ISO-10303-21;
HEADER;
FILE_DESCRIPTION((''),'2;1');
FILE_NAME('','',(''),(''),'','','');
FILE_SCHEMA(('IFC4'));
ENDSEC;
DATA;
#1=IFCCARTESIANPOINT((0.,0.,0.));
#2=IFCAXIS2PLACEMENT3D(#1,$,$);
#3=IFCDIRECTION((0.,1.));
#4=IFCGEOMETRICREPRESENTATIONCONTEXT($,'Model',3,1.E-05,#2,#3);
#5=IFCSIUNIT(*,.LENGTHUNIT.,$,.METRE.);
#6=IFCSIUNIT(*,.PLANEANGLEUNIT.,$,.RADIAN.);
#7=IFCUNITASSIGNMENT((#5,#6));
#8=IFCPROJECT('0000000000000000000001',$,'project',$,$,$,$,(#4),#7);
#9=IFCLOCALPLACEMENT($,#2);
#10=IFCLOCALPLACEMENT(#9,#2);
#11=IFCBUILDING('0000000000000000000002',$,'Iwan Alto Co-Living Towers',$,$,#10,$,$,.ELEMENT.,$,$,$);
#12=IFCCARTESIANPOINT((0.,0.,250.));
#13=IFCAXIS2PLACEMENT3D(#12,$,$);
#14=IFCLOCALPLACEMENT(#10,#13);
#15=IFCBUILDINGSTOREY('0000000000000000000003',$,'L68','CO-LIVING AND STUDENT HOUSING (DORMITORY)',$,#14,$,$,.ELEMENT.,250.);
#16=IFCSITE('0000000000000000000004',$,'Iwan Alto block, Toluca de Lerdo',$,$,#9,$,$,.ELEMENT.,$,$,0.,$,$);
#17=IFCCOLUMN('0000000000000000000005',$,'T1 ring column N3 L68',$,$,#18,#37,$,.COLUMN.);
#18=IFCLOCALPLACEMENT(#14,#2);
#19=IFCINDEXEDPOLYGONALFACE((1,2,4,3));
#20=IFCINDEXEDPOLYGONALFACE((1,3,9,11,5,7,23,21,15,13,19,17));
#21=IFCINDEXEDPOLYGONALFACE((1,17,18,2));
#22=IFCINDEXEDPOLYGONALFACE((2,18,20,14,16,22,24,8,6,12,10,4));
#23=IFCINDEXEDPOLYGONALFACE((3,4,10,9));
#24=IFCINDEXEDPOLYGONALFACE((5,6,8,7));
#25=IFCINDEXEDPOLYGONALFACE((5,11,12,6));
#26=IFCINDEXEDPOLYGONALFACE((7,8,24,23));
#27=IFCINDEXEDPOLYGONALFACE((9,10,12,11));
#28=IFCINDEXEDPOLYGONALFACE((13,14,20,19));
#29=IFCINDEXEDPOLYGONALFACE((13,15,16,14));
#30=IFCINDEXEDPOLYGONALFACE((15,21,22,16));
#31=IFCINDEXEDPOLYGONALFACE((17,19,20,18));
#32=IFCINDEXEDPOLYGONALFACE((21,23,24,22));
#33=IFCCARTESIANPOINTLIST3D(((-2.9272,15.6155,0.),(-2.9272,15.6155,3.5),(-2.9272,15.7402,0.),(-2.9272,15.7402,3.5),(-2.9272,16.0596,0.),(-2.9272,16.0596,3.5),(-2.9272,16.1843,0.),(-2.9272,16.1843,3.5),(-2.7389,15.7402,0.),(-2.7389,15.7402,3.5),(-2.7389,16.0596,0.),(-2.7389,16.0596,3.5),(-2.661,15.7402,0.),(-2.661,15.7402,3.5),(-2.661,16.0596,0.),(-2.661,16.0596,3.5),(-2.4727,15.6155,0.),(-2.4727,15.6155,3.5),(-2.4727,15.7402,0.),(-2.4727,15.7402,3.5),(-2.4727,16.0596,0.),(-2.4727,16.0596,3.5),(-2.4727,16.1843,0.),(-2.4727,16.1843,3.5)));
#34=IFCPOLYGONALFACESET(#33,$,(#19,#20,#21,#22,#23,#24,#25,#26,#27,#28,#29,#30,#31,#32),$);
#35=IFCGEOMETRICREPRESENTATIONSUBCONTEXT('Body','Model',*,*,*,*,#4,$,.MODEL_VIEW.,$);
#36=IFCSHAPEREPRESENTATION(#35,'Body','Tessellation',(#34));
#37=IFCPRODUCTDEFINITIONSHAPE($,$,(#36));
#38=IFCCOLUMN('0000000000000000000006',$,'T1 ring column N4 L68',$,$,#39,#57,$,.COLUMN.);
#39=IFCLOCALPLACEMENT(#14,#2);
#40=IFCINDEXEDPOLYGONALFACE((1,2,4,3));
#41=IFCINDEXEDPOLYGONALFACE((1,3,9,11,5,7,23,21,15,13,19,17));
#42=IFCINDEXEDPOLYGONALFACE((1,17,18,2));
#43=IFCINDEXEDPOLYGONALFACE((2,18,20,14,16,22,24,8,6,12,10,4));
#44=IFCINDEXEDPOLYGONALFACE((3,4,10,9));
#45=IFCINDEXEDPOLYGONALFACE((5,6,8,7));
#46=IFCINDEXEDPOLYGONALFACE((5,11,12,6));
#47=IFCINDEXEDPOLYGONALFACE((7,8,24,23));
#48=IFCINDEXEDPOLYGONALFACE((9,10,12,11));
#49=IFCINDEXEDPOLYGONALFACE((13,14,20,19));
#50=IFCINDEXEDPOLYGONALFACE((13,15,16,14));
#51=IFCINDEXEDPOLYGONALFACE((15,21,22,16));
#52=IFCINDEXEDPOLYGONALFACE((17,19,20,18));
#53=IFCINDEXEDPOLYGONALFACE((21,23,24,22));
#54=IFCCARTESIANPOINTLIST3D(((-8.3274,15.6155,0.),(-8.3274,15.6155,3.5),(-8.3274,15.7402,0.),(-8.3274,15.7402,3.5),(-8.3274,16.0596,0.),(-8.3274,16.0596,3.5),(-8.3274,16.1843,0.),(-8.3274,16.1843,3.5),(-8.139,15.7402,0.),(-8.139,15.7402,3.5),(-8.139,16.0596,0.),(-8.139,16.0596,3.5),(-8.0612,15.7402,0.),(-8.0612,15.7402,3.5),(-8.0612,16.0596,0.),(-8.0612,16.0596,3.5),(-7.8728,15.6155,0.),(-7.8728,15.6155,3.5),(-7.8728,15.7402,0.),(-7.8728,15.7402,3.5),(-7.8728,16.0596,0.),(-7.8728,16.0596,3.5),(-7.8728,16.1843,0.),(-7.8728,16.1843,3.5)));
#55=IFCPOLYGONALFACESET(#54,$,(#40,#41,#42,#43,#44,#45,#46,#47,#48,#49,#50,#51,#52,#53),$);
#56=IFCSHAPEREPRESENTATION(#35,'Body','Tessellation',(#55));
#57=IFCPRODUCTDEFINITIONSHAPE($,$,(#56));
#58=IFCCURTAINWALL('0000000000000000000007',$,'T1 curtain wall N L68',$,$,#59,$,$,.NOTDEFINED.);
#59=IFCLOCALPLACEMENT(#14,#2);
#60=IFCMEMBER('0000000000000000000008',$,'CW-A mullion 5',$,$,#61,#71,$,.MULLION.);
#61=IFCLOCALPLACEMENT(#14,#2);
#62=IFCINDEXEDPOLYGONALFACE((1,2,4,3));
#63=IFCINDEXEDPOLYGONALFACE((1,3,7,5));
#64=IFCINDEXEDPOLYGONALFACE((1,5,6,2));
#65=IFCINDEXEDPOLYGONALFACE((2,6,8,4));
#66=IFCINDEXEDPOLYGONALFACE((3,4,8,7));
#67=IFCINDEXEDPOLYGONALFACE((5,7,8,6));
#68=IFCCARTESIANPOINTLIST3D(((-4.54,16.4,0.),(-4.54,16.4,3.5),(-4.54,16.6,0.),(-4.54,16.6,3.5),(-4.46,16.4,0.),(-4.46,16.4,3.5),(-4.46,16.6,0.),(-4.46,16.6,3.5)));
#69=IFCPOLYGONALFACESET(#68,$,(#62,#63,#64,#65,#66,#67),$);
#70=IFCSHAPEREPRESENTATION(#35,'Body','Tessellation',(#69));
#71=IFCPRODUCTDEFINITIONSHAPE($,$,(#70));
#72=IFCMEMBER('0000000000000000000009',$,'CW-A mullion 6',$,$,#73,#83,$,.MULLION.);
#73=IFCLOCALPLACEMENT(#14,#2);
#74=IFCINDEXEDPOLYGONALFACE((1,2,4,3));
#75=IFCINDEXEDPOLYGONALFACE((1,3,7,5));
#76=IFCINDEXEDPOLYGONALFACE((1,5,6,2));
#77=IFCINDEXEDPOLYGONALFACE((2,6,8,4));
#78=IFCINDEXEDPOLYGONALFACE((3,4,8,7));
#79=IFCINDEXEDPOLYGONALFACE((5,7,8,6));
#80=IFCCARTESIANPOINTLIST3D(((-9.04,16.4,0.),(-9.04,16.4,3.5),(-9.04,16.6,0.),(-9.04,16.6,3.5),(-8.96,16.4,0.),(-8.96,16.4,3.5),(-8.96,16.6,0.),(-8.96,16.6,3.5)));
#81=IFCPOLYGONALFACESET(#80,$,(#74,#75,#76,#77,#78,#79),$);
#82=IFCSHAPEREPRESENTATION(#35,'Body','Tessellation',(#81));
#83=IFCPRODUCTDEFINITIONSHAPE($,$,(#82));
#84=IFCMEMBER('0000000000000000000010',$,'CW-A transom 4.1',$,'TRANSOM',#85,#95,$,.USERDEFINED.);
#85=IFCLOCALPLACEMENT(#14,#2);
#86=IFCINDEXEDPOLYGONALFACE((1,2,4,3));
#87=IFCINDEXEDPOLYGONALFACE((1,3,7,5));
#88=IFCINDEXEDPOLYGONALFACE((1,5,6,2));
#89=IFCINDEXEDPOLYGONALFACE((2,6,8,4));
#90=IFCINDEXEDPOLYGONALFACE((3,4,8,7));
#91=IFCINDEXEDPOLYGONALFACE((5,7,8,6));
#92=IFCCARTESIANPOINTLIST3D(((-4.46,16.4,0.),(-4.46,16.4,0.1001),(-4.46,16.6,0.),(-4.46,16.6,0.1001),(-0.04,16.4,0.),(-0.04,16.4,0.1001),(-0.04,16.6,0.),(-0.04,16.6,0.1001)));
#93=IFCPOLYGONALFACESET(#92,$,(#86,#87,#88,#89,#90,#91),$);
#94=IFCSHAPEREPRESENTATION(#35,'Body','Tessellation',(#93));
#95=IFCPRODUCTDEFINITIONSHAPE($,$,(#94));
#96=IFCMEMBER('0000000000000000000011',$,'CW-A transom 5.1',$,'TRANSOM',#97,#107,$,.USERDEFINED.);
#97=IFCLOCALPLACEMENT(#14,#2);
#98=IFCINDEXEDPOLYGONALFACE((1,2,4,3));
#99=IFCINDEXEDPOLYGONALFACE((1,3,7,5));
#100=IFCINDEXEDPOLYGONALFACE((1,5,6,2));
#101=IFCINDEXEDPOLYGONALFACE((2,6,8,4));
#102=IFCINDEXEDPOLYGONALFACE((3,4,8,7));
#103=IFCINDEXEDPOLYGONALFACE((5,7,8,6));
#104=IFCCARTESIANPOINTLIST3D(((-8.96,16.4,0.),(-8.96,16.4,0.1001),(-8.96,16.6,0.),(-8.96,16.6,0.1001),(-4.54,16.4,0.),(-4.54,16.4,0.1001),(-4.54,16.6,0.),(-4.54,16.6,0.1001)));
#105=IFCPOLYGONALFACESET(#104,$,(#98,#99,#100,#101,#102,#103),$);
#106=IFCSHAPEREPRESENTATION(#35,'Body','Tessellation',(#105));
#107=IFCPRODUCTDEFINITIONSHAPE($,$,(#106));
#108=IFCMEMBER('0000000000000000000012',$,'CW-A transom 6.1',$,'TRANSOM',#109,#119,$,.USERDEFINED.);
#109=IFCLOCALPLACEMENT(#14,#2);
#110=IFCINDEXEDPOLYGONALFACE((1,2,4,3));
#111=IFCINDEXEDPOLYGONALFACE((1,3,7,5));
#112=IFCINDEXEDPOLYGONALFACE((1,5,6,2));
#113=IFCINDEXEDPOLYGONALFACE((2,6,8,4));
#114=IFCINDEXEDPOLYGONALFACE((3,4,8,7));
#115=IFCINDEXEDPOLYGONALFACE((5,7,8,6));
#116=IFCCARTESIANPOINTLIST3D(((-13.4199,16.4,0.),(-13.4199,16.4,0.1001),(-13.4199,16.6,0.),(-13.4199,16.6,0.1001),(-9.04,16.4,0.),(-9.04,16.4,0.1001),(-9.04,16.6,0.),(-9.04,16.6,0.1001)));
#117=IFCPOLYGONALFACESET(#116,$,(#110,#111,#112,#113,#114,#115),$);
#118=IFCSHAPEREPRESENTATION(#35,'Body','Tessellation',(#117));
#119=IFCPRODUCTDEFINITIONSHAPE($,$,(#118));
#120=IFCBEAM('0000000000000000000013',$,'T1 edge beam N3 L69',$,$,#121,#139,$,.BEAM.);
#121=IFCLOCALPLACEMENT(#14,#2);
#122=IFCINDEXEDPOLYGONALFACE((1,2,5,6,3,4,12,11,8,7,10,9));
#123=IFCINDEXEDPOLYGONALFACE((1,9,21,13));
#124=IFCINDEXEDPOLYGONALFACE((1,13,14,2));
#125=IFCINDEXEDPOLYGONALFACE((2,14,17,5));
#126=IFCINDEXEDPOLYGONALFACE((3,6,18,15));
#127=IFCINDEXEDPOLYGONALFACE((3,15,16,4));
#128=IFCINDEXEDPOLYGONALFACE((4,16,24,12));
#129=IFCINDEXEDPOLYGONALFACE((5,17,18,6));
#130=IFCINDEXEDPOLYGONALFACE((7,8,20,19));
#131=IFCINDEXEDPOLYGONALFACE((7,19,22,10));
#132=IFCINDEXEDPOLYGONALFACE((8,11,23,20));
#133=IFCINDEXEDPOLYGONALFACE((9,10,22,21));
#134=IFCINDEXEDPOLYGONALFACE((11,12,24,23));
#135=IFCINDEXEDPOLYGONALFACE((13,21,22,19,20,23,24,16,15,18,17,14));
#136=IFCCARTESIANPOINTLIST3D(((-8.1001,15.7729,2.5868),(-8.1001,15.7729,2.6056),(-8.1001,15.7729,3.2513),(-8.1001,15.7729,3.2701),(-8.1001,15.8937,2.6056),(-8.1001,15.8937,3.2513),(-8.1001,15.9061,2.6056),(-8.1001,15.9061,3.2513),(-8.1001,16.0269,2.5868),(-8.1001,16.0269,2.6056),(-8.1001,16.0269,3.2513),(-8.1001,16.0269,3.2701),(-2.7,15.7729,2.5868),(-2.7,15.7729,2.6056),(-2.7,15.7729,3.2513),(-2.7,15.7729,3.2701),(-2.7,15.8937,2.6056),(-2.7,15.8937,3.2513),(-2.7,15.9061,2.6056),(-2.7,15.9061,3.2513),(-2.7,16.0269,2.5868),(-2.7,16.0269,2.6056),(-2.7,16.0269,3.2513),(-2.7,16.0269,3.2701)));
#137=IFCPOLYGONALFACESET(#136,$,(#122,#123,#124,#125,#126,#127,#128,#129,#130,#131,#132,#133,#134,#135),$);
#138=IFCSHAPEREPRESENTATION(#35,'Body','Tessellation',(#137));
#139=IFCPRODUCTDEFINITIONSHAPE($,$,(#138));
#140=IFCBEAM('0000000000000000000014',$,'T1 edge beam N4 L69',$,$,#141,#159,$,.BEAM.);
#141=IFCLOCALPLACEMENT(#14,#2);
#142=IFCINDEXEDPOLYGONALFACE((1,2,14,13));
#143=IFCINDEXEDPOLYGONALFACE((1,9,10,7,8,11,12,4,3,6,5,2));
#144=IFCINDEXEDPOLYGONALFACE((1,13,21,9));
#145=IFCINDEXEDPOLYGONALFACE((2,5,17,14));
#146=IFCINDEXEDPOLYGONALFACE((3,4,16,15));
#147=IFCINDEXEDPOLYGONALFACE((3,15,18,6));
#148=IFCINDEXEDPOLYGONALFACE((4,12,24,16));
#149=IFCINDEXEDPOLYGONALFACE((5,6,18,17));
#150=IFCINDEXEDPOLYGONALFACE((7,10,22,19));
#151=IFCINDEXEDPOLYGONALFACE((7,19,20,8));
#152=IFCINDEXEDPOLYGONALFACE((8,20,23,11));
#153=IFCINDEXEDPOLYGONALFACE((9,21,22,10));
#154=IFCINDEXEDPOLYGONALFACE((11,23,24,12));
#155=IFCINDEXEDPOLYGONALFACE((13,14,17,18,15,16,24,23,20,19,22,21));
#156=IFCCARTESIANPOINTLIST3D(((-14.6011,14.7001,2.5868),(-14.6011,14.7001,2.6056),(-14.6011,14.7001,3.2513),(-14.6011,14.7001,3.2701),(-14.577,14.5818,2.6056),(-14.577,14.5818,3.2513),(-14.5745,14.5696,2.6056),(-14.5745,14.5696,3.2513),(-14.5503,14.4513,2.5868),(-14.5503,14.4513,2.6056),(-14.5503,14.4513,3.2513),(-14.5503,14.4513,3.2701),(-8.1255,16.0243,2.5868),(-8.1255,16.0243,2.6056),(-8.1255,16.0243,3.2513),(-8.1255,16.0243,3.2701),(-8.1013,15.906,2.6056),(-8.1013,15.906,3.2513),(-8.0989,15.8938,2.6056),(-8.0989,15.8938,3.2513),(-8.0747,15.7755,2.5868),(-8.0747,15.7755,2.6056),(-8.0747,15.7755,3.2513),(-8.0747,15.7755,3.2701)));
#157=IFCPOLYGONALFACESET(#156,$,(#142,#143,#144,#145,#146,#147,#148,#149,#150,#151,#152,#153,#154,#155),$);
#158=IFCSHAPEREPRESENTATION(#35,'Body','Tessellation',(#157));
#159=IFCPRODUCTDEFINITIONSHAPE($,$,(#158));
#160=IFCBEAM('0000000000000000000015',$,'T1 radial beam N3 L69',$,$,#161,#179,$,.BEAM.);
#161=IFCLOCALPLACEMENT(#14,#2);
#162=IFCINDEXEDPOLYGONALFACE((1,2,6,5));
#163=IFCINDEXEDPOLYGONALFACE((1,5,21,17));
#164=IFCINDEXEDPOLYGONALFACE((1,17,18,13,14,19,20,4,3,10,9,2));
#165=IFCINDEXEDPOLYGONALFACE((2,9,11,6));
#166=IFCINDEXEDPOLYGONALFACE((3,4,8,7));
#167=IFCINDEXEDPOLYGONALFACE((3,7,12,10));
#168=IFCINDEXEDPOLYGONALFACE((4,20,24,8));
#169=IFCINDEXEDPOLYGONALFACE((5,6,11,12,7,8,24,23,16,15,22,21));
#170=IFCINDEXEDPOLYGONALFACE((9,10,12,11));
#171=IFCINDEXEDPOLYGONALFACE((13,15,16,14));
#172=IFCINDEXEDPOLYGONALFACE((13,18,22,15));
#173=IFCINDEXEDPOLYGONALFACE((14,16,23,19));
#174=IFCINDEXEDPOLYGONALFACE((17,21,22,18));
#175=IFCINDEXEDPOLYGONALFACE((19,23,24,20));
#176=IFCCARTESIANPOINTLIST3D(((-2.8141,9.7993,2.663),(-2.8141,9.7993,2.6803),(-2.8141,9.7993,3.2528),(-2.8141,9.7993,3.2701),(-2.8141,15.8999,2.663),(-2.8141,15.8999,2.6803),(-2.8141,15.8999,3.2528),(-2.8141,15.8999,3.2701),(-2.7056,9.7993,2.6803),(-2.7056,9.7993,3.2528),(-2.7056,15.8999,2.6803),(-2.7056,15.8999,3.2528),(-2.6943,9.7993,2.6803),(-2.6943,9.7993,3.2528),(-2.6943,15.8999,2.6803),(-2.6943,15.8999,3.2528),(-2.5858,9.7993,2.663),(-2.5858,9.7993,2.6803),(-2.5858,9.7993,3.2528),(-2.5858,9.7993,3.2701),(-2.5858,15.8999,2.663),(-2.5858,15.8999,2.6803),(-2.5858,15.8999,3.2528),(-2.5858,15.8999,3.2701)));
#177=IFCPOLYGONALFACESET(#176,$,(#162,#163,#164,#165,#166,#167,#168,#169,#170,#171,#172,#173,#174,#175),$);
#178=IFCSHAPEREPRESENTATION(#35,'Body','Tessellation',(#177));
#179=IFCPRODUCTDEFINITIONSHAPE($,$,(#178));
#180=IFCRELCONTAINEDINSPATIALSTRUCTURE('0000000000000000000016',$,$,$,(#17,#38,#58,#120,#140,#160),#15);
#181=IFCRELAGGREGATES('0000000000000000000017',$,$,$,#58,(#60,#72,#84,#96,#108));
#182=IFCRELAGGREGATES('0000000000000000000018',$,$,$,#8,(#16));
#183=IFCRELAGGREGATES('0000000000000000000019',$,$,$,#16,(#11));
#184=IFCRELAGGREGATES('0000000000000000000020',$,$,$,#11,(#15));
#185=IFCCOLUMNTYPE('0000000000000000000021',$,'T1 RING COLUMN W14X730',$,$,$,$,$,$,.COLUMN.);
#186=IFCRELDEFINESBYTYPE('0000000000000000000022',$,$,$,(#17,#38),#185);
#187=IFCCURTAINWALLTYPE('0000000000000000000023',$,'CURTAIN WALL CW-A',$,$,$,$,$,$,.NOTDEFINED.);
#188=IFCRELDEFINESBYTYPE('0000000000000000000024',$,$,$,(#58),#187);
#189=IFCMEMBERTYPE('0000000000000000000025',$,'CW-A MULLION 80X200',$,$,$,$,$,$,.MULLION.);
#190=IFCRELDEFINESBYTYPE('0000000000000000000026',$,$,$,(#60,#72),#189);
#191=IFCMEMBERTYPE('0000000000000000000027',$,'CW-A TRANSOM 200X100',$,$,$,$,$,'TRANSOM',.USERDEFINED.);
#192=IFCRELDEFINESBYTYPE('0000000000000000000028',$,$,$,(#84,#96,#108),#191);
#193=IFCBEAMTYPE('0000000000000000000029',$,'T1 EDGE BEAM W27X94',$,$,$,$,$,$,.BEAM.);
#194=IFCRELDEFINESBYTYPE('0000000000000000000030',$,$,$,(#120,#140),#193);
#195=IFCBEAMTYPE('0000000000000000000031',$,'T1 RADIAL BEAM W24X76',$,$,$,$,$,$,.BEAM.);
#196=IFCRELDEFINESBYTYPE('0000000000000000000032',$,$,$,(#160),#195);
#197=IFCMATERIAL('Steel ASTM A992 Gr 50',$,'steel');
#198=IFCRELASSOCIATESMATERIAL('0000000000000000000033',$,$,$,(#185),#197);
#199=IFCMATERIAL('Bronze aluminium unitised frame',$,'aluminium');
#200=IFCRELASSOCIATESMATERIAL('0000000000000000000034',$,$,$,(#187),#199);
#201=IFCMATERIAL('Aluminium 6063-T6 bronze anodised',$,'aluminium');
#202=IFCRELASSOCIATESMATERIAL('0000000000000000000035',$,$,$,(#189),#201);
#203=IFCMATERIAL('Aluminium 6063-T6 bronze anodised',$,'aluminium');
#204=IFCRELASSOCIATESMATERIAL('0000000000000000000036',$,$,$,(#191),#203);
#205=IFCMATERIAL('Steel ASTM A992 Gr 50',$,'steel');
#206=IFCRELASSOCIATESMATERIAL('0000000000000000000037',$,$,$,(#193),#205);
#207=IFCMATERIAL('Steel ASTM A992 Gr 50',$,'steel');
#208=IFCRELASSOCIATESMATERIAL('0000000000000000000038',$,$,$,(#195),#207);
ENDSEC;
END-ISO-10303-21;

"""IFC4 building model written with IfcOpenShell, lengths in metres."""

from ifc_helpers import new_model, si_unit, direction, frame, origin, origin_2d, place, context, subcontext, project, spatial, rectangle, i_section, extrude, material, material_profile, profile_set, type_object, element, aggregate, save


model = new_model("IFC4")

# Units and contexts
model_context = context("Model", 3, precision=1e-05, world=origin(), true_north=direction((0.0, 1.0)))
body_context = subcontext(model_context, "Body", "Model", "MODEL_VIEW")
ifc_project = project(units=[si_unit("LENGTHUNIT", "METRE"), si_unit("PLANEANGLEUNIT", "RADIAN")], contexts=[model_context])

# Site, building, storey
site_placement = place(None, origin())
site = spatial("IfcSite", under=ifc_project, at=site_placement, Name="Iwan Alto block, Toluca de Lerdo", CompositionType="ELEMENT", RefElevation=0.0)
building_placement = place(site_placement, origin())
building = spatial("IfcBuilding", under=site, at=building_placement, Name="Iwan Alto Co-Living Towers", CompositionType="ELEMENT")
storey_placement = place(building_placement, frame((0.0, 0.0, 250.0)))
storey = spatial("IfcBuildingStorey", under=building, at=storey_placement, Name="L68", Description="CO-LIVING AND STUDENT HOUSING (DORMITORY)", CompositionType="ELEMENT", Elevation=250.0)

# Columns
ifc_material_1 = material(Name="Steel ASTM A992 Gr 50", Category="steel")
ifc_material_profile_1 = material_profile(ifc_material_1, i_section(OverallWidth=0.4546, OverallDepth=0.5688, WebThickness=0.0779, FlangeThickness=0.1248, at=origin_2d()), Name="W14X730")
ifc_profile_set_1 = profile_set([ifc_material_profile_1], Name="Steel ASTM A992 Gr 50")
column_type = type_object("IfcColumnType", Name="T1 RING COLUMN W14X730", PredefinedType="COLUMN", material=ifc_profile_set_1)
for number, where, z_axis, x_axis, name in (
    (1, (-2.7, 15.8999, 0.0), (0.0, 0.0, 1.0), (1.0, 0.0, 0.0), "T1 ring column N3 L68"),
    (2, (-8.1001, 15.8999, 0.0), (0.0, 0.0, 1.0), (1.0, 0.0, 0.0), "T1 ring column N4 L68"),
):
    element("IfcColumn", number, at=place(storey_placement, frame(where, z_axis=z_axis, x_axis=x_axis)), inside=storey, type_object=column_type, Name=name, PredefinedType="COLUMN", context=body_context, shape_type="SweptSolid", body=[
        extrude(i_section(OverallWidth=0.4546, OverallDepth=0.5688, WebThickness=0.0779, FlangeThickness=0.1248, at=origin_2d()), origin(), (0.0, 0.0, 1.0), 3.5),
    ])

# Curtain wall, members
ifc_material_2 = material(Name="Bronze aluminium unitised frame", Category="aluminium")
curtain_wall_type = type_object("IfcCurtainWallType", Name="CURTAIN WALL CW-A", PredefinedType="NOTDEFINED", material=ifc_material_2)
curtain_wall_placement = place(storey_placement, origin())
curtain_wall = element("IfcCurtainWall", 3, at=curtain_wall_placement, inside=storey, type_object=curtain_wall_type, Name="T1 curtain wall N L68", PredefinedType="NOTDEFINED")
ifc_material_3 = material(Name="Aluminium 6063-T6 bronze anodised", Category="aluminium")
ifc_material_profile_2 = material_profile(ifc_material_3, rectangle(XDim=0.2, YDim=0.0801, at=origin_2d()), Name="AL 80X200")
ifc_profile_set_2 = profile_set([ifc_material_profile_2], Name="Aluminium 6063-T6 bronze anodised")
member_type_1 = type_object("IfcMemberType", Name="CW-A MULLION 80X200", PredefinedType="MULLION", material=ifc_profile_set_2)
member_1_placement = place(storey_placement, frame((-4.5, 16.5, 0.0), z_axis=(0.0, 0.0, 1.0), x_axis=(0.0, -1.0, 0.0)))
member_1 = element("IfcMember", 4, at=member_1_placement, type_object=member_type_1, Name="CW-A mullion 5", PredefinedType="MULLION", context=body_context, shape_type="SweptSolid", body=[
    extrude(rectangle(XDim=0.2, YDim=0.0801, at=origin_2d()), origin(), (0.0, 0.0, 1.0), 3.5),
])
member_2_placement = place(storey_placement, frame((-9.0, 16.5, 0.0), z_axis=(0.0, 0.0, 1.0), x_axis=(0.0, -1.0, 0.0)))
member_2 = element("IfcMember", 5, at=member_2_placement, type_object=member_type_1, Name="CW-A mullion 6", PredefinedType="MULLION", context=body_context, shape_type="SweptSolid", body=[
    extrude(rectangle(XDim=0.2, YDim=0.0801, at=origin_2d()), origin(), (0.0, 0.0, 1.0), 3.5),
])
ifc_material_4 = material(Name="Aluminium 6063-T6 bronze anodised", Category="aluminium")
ifc_material_profile_3 = material_profile(ifc_material_4, rectangle(XDim=0.2, YDim=0.1001, at=origin_2d()), Name="AL 200X100")
ifc_profile_set_3 = profile_set([ifc_material_profile_3], Name="Aluminium 6063-T6 bronze anodised")
member_type_2 = type_object("IfcMemberType", Name="CW-A TRANSOM 200X100", ElementType="TRANSOM", PredefinedType="USERDEFINED", material=ifc_profile_set_3)
member_3_placement = place(storey_placement, frame((-0.04, 16.5, 0.05), z_axis=(-1.0, 0.0, 0.0), x_axis=(0.0, -1.0, 0.0)))
member_3 = element("IfcMember", 6, at=member_3_placement, type_object=member_type_2, Name="CW-A transom 4.1", ObjectType="TRANSOM", PredefinedType="USERDEFINED", context=body_context, shape_type="SweptSolid", body=[
    extrude(rectangle(XDim=0.2, YDim=0.1001, at=origin_2d()), origin(), (0.0, 0.0, 1.0), 4.4199),
])
member_4_placement = place(storey_placement, frame((-4.54, 16.5, 0.05), z_axis=(-1.0, 0.0, 0.0), x_axis=(0.0, -1.0, 0.0)))
member_4 = element("IfcMember", 7, at=member_4_placement, type_object=member_type_2, Name="CW-A transom 5.1", ObjectType="TRANSOM", PredefinedType="USERDEFINED", context=body_context, shape_type="SweptSolid", body=[
    extrude(rectangle(XDim=0.2, YDim=0.1001, at=origin_2d()), origin(), (0.0, 0.0, 1.0), 4.4199),
])
member_5_placement = place(storey_placement, frame((-9.04, 16.5, 0.05), z_axis=(-1.0, 0.0, 0.0), x_axis=(0.0, -1.0, 0.0)))
member_5 = element("IfcMember", 8, at=member_5_placement, type_object=member_type_2, Name="CW-A transom 6.1", ObjectType="TRANSOM", PredefinedType="USERDEFINED", context=body_context, shape_type="SweptSolid", body=[
    extrude(rectangle(XDim=0.2, YDim=0.1001, at=origin_2d()), origin(), (0.0, 0.0, 1.0), 4.3799),
])

# Beams
ifc_material_5 = material(Name="Steel ASTM A992 Gr 50", Category="steel")
ifc_material_profile_4 = material_profile(ifc_material_5, i_section(OverallWidth=0.2539, OverallDepth=0.6833, WebThickness=0.0125, FlangeThickness=0.0188, at=origin_2d()), Name="W27X94")
ifc_profile_set_4 = profile_set([ifc_material_profile_4], Name="Steel ASTM A992 Gr 50")
beam_type_1 = type_object("IfcBeamType", Name="T1 EDGE BEAM W27X94", PredefinedType="BEAM", material=ifc_profile_set_4)
beam_1_placement = place(storey_placement, frame((-2.7, 15.8999, 2.9285), z_axis=(-1.0, 0.0, 0.0), x_axis=(0.0, -1.0, 0.0)))
element("IfcBeam", 9, at=beam_1_placement, inside=storey, type_object=beam_type_1, Name="T1 edge beam N3 L69", PredefinedType="BEAM", context=body_context, shape_type="SweptSolid", body=[
    extrude(i_section(OverallWidth=0.2539, OverallDepth=0.6833, WebThickness=0.0125, FlangeThickness=0.0188, at=origin_2d()), origin(), (0.0, 0.0, 1.0), 5.4001),
])
beam_2_placement = place(storey_placement, frame((-8.1001, 15.8999, 2.9285), z_axis=(-0.979725, -0.200348, 0.0), x_axis=(0.200348, -0.979725, 0.0)))
element("IfcBeam", 10, at=beam_2_placement, inside=storey, type_object=beam_type_1, Name="T1 edge beam N4 L69", PredefinedType="BEAM", context=body_context, shape_type="SweptSolid", body=[
    extrude(i_section(OverallWidth=0.2539, OverallDepth=0.6833, WebThickness=0.0125, FlangeThickness=0.0188, at=origin_2d()), origin(), (0.0, 0.0, 1.0), 6.6096),
])
ifc_material_6 = material(Name="Steel ASTM A992 Gr 50", Category="steel")
ifc_material_profile_5 = material_profile(ifc_material_6, i_section(OverallWidth=0.2283, OverallDepth=0.6072, WebThickness=0.0112, FlangeThickness=0.0173, at=origin_2d()), Name="W24X76")
ifc_profile_set_5 = profile_set([ifc_material_profile_5], Name="Steel ASTM A992 Gr 50")
beam_type_2 = type_object("IfcBeamType", Name="T1 RADIAL BEAM W24X76", PredefinedType="BEAM", material=ifc_profile_set_5)
for number, where, z_axis, x_axis, name in (
    (11, (-2.7, 15.8999, 2.9666), (0.0, -1.0, 0.0), (1.0, 0.0, 0.0), "T1 radial beam N3 L69"),
):
    element("IfcBeam", number, at=place(storey_placement, frame(where, z_axis=z_axis, x_axis=x_axis)), inside=storey, type_object=beam_type_2, Name=name, PredefinedType="BEAM", context=body_context, shape_type="SweptSolid", body=[
        extrude(i_section(OverallWidth=0.2283, OverallDepth=0.6072, WebThickness=0.0112, FlangeThickness=0.0173, at=origin_2d()), origin(), (0.0, 0.0, 1.0), 6.1006),
    ])

aggregate(curtain_wall, [member_1, member_2, member_3, member_4, member_5])

save(model, "model.ifc")
